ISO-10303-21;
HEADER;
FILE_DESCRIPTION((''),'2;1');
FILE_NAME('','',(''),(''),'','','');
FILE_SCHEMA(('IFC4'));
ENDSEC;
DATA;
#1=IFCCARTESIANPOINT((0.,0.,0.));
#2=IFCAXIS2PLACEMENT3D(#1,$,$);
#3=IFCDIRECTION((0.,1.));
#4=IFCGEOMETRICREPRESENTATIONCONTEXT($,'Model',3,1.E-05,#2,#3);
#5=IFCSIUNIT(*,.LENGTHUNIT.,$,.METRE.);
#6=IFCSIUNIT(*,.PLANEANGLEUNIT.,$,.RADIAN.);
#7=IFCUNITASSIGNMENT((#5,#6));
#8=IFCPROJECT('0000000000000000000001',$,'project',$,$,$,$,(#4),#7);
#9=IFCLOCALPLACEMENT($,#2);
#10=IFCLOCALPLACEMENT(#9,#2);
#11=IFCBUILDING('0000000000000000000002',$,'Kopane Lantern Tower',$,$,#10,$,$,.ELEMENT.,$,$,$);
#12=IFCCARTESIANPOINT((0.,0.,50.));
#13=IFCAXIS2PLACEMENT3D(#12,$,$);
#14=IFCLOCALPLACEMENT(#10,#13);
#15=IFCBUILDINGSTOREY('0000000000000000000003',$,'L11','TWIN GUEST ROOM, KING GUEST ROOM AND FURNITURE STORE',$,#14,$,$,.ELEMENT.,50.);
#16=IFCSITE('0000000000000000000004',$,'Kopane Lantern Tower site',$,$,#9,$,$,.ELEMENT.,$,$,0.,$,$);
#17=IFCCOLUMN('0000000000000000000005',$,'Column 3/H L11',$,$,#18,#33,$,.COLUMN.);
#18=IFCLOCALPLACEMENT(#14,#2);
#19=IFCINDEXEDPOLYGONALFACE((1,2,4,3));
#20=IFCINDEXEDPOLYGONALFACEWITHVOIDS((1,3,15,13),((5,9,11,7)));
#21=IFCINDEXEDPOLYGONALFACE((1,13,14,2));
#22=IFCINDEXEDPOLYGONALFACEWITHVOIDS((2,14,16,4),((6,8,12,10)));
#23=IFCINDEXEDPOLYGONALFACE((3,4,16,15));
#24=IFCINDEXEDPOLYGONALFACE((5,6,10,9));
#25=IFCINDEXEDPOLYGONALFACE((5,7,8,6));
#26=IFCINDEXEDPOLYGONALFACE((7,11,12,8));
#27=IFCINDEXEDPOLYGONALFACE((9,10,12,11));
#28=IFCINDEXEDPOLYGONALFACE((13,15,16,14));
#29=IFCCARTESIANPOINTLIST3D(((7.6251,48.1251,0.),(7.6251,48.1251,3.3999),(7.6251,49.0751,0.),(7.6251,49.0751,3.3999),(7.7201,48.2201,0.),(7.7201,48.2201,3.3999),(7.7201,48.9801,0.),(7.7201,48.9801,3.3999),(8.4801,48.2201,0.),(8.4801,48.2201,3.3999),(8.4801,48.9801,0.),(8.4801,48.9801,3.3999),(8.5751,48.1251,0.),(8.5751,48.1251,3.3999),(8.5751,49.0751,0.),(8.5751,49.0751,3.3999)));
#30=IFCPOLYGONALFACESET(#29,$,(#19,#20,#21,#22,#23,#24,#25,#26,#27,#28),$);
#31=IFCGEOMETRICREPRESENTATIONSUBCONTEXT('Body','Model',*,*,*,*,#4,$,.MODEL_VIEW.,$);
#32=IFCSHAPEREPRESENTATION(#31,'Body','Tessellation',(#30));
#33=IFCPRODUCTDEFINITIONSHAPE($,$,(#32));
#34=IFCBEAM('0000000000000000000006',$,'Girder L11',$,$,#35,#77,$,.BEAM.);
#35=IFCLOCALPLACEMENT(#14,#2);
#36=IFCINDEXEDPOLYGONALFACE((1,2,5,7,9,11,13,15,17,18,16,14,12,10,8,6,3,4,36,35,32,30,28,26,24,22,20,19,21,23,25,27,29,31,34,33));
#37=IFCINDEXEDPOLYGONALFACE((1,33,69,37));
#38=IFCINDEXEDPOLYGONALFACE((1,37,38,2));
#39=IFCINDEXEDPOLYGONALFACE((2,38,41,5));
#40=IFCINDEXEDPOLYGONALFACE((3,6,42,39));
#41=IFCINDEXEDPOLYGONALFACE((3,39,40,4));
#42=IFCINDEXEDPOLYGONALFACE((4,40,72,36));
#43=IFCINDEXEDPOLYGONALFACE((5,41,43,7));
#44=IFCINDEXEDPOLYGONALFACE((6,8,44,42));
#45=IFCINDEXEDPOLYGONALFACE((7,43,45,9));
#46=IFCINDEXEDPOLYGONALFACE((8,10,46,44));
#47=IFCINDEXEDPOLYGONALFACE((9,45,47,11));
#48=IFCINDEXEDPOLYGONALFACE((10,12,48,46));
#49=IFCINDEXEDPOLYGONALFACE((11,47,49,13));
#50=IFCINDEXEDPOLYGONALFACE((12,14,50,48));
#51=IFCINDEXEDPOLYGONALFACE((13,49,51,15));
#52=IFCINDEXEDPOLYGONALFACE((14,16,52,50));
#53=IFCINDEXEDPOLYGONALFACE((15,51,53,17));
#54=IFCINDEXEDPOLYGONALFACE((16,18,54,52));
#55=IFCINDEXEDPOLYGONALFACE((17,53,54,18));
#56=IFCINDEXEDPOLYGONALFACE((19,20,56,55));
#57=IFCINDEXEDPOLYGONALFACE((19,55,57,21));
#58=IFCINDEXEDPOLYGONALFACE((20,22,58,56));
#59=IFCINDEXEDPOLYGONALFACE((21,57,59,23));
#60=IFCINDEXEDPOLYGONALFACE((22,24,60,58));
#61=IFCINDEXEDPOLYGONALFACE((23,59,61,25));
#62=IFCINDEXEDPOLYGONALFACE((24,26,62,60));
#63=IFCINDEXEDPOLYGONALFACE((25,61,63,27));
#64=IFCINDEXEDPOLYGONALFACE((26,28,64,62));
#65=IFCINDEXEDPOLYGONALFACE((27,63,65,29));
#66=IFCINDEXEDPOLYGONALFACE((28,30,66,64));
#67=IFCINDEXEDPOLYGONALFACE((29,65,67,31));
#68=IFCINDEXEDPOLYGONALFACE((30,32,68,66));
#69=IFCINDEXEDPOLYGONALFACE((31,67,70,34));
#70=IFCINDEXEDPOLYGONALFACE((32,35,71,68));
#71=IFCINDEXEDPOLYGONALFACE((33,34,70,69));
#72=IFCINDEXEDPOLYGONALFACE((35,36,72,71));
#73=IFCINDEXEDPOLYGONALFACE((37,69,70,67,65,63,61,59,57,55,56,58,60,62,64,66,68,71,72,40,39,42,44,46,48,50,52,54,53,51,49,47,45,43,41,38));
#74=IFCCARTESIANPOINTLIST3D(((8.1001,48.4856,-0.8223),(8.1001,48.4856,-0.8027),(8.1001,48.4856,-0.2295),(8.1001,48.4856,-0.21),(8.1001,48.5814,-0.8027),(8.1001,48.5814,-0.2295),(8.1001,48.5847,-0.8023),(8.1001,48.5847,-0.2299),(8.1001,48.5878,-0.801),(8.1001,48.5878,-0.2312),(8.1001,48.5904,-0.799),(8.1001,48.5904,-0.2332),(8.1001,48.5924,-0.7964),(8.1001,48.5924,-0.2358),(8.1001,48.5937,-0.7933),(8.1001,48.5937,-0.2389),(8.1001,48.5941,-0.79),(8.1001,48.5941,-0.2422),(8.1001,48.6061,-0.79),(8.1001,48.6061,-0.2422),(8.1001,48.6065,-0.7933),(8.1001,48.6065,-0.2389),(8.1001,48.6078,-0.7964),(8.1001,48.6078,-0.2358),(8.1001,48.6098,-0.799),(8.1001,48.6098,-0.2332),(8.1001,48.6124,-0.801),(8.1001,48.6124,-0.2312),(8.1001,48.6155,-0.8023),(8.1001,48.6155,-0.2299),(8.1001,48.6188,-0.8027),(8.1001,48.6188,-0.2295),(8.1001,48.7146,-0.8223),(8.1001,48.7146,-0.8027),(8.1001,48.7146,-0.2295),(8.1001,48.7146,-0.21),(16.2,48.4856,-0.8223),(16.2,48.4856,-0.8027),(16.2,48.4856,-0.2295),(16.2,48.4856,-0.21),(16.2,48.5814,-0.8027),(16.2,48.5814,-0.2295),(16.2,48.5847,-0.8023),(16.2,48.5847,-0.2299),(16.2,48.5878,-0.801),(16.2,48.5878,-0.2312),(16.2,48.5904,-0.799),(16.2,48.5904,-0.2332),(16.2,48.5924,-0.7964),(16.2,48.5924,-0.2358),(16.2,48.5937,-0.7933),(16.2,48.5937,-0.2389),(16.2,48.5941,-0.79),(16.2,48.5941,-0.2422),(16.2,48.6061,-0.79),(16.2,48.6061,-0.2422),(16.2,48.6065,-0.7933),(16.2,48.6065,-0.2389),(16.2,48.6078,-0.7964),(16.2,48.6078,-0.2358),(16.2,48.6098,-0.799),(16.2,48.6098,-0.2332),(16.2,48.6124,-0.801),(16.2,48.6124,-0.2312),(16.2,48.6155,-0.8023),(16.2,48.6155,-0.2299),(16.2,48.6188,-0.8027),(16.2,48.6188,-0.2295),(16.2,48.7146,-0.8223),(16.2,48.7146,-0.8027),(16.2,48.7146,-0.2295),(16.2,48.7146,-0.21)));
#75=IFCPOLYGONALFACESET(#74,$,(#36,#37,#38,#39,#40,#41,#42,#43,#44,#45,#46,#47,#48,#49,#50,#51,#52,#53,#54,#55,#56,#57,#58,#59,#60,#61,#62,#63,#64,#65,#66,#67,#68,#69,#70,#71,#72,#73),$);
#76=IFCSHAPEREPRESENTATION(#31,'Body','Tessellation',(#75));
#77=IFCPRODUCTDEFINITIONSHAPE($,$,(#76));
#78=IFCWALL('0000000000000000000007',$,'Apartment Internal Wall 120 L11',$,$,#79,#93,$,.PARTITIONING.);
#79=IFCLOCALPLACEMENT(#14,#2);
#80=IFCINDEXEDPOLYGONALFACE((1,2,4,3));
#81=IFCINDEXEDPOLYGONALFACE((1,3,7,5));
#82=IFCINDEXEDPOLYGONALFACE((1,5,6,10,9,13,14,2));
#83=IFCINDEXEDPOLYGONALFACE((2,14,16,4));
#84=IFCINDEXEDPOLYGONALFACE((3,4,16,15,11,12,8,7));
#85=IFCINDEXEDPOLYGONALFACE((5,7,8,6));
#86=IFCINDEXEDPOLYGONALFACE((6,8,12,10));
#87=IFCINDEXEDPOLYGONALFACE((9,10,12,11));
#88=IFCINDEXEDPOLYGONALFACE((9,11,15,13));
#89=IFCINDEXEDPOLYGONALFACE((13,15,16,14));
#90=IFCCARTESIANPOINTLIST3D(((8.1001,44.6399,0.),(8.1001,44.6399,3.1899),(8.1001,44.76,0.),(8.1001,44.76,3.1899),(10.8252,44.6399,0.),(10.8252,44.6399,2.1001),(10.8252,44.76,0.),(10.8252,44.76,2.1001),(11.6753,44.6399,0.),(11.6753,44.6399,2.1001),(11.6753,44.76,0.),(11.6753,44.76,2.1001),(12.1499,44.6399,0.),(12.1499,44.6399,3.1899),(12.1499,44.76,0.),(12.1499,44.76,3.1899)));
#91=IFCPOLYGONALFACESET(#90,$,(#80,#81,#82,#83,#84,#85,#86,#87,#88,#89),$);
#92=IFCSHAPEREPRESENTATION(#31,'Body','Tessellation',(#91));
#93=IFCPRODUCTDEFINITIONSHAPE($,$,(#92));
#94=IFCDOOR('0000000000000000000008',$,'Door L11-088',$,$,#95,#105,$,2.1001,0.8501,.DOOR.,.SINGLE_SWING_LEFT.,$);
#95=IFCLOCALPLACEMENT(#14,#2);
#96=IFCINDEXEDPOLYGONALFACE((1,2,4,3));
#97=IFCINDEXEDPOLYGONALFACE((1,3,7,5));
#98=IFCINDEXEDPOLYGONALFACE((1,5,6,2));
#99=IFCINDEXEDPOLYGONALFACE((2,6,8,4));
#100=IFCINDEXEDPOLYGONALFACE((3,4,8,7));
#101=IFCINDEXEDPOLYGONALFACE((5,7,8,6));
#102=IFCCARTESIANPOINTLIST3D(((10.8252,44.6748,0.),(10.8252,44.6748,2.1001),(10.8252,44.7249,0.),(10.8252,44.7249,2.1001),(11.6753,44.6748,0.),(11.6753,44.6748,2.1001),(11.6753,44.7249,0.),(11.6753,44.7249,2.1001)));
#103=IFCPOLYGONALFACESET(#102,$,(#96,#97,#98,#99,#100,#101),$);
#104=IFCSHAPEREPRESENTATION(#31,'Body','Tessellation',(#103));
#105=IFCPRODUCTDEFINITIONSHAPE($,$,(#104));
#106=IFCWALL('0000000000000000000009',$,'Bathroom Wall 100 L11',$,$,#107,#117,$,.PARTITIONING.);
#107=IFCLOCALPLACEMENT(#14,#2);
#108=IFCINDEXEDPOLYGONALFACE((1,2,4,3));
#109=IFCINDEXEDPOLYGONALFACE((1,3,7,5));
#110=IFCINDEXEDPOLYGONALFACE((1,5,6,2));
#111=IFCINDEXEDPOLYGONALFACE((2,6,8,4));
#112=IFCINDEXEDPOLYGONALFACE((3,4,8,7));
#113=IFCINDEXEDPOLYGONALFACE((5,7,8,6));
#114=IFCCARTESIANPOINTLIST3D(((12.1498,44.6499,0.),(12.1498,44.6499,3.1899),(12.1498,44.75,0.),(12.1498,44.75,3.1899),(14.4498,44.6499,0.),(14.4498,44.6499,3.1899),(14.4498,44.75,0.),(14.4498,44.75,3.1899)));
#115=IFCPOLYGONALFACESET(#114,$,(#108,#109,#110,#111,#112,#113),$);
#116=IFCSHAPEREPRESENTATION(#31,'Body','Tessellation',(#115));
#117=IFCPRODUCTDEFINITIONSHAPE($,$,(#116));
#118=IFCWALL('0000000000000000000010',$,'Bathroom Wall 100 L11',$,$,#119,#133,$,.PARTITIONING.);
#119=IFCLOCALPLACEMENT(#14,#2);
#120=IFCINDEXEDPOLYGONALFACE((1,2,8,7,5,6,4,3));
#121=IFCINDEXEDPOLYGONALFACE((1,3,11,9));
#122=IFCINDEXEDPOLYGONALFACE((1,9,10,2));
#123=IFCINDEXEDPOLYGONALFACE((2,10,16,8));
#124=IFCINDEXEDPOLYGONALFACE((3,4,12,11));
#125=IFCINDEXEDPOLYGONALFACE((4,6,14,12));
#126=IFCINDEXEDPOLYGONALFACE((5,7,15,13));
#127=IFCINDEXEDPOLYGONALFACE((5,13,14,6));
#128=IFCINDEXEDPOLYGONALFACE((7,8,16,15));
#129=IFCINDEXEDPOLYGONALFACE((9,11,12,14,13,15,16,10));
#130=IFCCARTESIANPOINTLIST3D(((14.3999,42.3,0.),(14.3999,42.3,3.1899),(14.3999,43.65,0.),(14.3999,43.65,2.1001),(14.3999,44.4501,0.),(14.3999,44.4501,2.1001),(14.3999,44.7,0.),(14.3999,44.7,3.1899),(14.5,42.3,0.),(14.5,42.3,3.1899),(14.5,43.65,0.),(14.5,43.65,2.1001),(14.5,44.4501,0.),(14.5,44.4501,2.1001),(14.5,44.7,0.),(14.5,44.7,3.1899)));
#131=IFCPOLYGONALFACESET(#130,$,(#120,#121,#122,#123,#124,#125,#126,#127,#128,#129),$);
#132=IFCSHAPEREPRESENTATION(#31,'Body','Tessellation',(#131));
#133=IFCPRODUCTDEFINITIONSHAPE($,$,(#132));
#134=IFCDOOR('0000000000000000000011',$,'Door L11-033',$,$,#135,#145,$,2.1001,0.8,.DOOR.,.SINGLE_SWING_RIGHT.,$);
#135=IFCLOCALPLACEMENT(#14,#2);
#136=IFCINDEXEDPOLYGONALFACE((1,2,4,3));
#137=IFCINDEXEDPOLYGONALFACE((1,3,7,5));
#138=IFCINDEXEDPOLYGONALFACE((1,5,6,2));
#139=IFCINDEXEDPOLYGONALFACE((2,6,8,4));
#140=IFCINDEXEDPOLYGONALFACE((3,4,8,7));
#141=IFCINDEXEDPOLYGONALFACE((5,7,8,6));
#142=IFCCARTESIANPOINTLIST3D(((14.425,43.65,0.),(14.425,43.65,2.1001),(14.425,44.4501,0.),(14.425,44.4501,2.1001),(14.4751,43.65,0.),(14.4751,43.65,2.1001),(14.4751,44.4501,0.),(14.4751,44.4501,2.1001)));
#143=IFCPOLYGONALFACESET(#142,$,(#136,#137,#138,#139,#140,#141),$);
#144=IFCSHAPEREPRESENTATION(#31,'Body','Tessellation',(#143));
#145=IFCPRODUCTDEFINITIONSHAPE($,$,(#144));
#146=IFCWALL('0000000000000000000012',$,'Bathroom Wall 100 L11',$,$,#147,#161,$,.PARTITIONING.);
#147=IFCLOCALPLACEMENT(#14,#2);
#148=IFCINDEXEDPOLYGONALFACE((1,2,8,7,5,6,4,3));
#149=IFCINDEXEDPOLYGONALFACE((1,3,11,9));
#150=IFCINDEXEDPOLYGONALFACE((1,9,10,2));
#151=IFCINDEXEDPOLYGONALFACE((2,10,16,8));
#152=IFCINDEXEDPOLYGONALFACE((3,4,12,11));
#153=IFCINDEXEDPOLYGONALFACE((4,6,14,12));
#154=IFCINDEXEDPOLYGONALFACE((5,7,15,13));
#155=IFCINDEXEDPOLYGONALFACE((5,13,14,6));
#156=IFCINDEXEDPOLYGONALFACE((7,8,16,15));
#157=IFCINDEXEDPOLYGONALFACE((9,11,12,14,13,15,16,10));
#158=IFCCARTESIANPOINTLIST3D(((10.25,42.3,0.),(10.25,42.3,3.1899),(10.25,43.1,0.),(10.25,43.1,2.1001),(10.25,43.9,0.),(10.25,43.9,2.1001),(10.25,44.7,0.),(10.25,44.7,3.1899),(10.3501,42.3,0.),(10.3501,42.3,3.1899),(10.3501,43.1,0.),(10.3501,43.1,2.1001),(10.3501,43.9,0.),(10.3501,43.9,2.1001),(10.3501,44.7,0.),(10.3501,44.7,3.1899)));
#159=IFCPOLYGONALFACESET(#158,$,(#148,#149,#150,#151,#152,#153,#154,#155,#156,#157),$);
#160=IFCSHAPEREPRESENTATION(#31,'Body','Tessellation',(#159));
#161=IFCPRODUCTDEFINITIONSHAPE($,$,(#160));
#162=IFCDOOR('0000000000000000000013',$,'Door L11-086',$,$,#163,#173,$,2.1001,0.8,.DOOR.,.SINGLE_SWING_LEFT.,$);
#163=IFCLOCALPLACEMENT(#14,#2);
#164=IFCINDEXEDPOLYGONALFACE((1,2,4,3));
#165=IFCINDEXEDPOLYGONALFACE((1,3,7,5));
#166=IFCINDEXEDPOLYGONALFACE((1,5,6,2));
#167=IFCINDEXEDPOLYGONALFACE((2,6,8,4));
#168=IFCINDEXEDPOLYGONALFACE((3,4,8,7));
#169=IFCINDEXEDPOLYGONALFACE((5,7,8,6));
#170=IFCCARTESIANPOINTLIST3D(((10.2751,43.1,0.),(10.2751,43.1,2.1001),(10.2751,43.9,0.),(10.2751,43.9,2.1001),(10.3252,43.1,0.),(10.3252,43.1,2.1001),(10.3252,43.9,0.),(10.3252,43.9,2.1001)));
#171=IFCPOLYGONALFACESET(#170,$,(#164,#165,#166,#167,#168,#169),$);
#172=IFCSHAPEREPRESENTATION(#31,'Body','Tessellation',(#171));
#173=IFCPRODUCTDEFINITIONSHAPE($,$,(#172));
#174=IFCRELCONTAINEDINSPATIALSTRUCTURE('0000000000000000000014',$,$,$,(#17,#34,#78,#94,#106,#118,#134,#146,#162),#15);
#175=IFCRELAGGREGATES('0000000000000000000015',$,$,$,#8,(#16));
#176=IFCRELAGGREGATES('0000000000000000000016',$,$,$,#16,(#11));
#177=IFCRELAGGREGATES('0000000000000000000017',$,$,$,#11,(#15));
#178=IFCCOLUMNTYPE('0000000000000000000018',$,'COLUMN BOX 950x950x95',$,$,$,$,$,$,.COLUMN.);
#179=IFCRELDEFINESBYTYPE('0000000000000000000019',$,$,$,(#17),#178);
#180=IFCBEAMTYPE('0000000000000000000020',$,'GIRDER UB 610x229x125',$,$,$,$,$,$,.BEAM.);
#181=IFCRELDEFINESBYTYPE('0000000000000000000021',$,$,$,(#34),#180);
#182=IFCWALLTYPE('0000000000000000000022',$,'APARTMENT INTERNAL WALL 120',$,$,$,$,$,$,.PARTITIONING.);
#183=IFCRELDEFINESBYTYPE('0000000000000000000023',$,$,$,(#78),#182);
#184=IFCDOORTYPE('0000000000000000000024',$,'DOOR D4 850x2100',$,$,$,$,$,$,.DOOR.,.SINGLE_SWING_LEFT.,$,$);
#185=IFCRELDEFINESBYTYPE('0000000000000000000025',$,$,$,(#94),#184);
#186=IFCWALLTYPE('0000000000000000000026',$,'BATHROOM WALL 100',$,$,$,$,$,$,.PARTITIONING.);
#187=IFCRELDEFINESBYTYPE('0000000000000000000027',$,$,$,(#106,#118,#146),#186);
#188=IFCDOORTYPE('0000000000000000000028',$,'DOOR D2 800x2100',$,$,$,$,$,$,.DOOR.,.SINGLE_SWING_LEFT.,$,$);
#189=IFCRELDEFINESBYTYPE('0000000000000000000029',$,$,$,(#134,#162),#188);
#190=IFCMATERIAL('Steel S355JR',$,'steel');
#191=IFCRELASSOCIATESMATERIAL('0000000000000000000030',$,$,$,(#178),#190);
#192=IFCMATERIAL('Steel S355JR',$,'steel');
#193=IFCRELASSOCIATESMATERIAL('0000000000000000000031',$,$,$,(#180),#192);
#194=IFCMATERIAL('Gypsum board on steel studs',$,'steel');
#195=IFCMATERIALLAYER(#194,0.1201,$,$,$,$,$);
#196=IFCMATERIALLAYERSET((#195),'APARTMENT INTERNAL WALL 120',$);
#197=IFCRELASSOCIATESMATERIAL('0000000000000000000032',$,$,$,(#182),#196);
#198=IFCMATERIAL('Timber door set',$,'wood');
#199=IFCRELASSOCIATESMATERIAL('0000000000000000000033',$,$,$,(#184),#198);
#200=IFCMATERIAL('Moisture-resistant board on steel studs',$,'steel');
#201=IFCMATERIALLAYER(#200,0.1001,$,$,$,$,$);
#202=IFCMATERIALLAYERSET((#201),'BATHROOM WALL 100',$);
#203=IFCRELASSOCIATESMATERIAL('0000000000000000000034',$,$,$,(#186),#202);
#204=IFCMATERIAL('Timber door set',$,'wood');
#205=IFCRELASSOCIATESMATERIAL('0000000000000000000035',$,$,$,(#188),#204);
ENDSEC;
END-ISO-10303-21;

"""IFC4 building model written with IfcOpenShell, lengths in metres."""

from ifc_helpers import new_model, si_unit, direction, frame, frame_2d, origin, origin_2d, place, context, subcontext, project, spatial, rectangle, hollow_rectangle, i_section, extrude, material, layer, layer_set, material_profile, profile_set, type_object, element, fill, save


model = new_model("IFC4")

# Units and contexts
model_context = context("Model", 3, precision=1e-05, world=origin(), true_north=direction((0.0, 1.0)))
body_context = subcontext(model_context, "Body", "Model", "MODEL_VIEW")
ifc_project = project(units=[si_unit("LENGTHUNIT", "METRE"), si_unit("PLANEANGLEUNIT", "RADIAN")], contexts=[model_context])

# Site, building, storey
site_placement = place(None, origin())
site = spatial("IfcSite", under=ifc_project, at=site_placement, Name="Kopane Lantern Tower site", CompositionType="ELEMENT", RefElevation=0.0)
building_placement = place(site_placement, origin())
building = spatial("IfcBuilding", under=site, at=building_placement, Name="Kopane Lantern Tower", CompositionType="ELEMENT")
storey_placement = place(building_placement, frame((0.0, 0.0, 50.0)))
storey = spatial("IfcBuildingStorey", under=building, at=storey_placement, Name="L11", Description="TWIN GUEST ROOM, KING GUEST ROOM AND FURNITURE STORE", CompositionType="ELEMENT", Elevation=50.0)

# Column
ifc_material_1 = material(Name="Steel S355JR", Category="steel")
ifc_material_profile_1 = material_profile(ifc_material_1, hollow_rectangle(XDim=0.95, YDim=0.95, WallThickness=0.095, at=origin_2d()), Name="BOX 950x950x95")
ifc_profile_set_1 = profile_set([ifc_material_profile_1], Name="Steel S355JR")
column_type = type_object("IfcColumnType", Name="COLUMN BOX 950x950x95", PredefinedType="COLUMN", material=ifc_profile_set_1)
column_placement = place(storey_placement, frame((8.1001, 48.6001, 0.0), z_axis=(0.0, 0.0, 1.0), x_axis=(1.0, 0.0, 0.0)))
element("IfcColumn", 1, at=column_placement, inside=storey, type_object=column_type, Name="Column 3/H L11", PredefinedType="COLUMN", context=body_context, shape_type="SweptSolid", body=[
    extrude(hollow_rectangle(XDim=0.95, YDim=0.95, WallThickness=0.095, at=origin_2d()), origin(), (0.0, 0.0, 1.0), 3.3999),
])

# Beam
ifc_material_2 = material(Name="Steel S355JR", Category="steel")
ifc_material_profile_2 = material_profile(ifc_material_2, i_section(OverallWidth=0.229, OverallDepth=0.6123, WebThickness=0.012, FlangeThickness=0.0195, FilletRadius=0.0127, at=origin_2d()), Name="UB 610x229x125")
ifc_profile_set_2 = profile_set([ifc_material_profile_2], Name="Steel S355JR")
beam_type = type_object("IfcBeamType", Name="GIRDER UB 610x229x125", PredefinedType="BEAM", material=ifc_profile_set_2)
beam_placement = place(storey_placement, frame((8.1001, 48.6001, -0.5161), z_axis=(1.0, 0.0, 0.0), x_axis=(0.0, 1.0, 0.0)))
element("IfcBeam", 2, at=beam_placement, inside=storey, type_object=beam_type, Name="Girder L11", PredefinedType="BEAM", context=body_context, shape_type="SweptSolid", body=[
    extrude(i_section(OverallWidth=0.229, OverallDepth=0.6123, WebThickness=0.012, FlangeThickness=0.0195, FilletRadius=0.0127, at=origin_2d()), origin(), (0.0, 0.0, 1.0), 8.0999),
])

# Wall, opening, door
ifc_material_3 = material(Name="Gypsum board on steel studs", Category="steel")
ifc_layer_1 = layer(ifc_material_3, 0.1201)
ifc_layer_set_1 = layer_set([ifc_layer_1], Name="APARTMENT INTERNAL WALL 120")
wall_type_1 = type_object("IfcWallType", Name="APARTMENT INTERNAL WALL 120", PredefinedType="PARTITIONING", material=ifc_layer_set_1)
wall_1_placement = place(storey_placement, frame((8.1001, 44.7, 0.0), z_axis=(0.0, 0.0, 1.0), x_axis=(1.0, 0.0, 0.0)))
wall_1 = element("IfcWall", 3, at=wall_1_placement, inside=storey, type_object=wall_type_1, Name="Apartment Internal Wall 120 L11", PredefinedType="PARTITIONING", context=body_context, shape_type="SweptSolid", body=[
    extrude(rectangle(XDim=4.0498, YDim=0.1201, at=frame_2d((2.0249, 0.0))), origin(), (0.0, 0.0, 1.0), 3.1899),
])
opening_1_placement = place(wall_1_placement, frame((2.7251, 0.0, 0.0)))
opening_1 = element("IfcOpeningElement", 4, at=opening_1_placement, cuts=wall_1, PredefinedType="OPENING", context=body_context, shape_type="SweptSolid", body=[
    extrude(rectangle(XDim=0.8501, YDim=2.1001, at=frame_2d((0.425, 1.05))), frame((0.0, 0.0701, 0.0), z_axis=(0.0, -1.0, 0.0), x_axis=(1.0, 0.0, 0.0)), (0.0, 0.0, 1.0), 0.1401),
])
ifc_material_4 = material(Name="Timber door set", Category="wood")
door_type_1 = type_object("IfcDoorType", Name="DOOR D4 850x2100", OperationType="SINGLE_SWING_LEFT", PredefinedType="DOOR", material=ifc_material_4)
door_1_placement = place(opening_1_placement, origin())
door_1 = element("IfcDoor", 5, at=door_1_placement, inside=storey, type_object=door_type_1, Name="Door L11-088", OperationType="SINGLE_SWING_LEFT", OverallHeight=2.1001, OverallWidth=0.8501, PredefinedType="DOOR", context=body_context, shape_type="SweptSolid", body=[
    extrude(rectangle(XDim=0.8501, YDim=2.1001, at=frame_2d((0.425, 1.05))), frame((0.0, 0.0249, 0.0), z_axis=(0.0, -1.0, 0.0), x_axis=(1.0, 0.0, 0.0)), (0.0, 0.0, 1.0), 0.05),
])
fill(opening_1, door_1)

# Wall
ifc_material_5 = material(Name="Moisture-resistant board on steel studs", Category="steel")
ifc_layer_2 = layer(ifc_material_5, 0.1001)
ifc_layer_set_2 = layer_set([ifc_layer_2], Name="BATHROOM WALL 100")
wall_type_2 = type_object("IfcWallType", Name="BATHROOM WALL 100", PredefinedType="PARTITIONING", material=ifc_layer_set_2)
wall_2_placement = place(storey_placement, frame((12.1499, 44.7, 0.0), z_axis=(0.0, 0.0, 1.0), x_axis=(1.0, 0.0, 0.0)))
element("IfcWall", 6, at=wall_2_placement, inside=storey, type_object=wall_type_2, Name="Bathroom Wall 100 L11", PredefinedType="PARTITIONING", context=body_context, shape_type="SweptSolid", body=[
    extrude(rectangle(XDim=2.3, YDim=0.1001, at=frame_2d((1.1499, 0.0))), origin(), (0.0, 0.0, 1.0), 3.1899),
])

# Walls, openings, doors
wall_3_placement = place(storey_placement, frame((14.45, 42.3, 0.0), z_axis=(0.0, 0.0, 1.0), x_axis=(0.0, 1.0, 0.0)))
wall_3 = element("IfcWall", 7, at=wall_3_placement, inside=storey, type_object=wall_type_2, Name="Bathroom Wall 100 L11", PredefinedType="PARTITIONING", context=body_context, shape_type="SweptSolid", body=[
    extrude(rectangle(XDim=2.3999, YDim=0.1001, at=frame_2d((1.2, 0.0))), origin(), (0.0, 0.0, 1.0), 3.1899),
])
opening_2_placement = place(wall_3_placement, frame((1.3501, 0.0, 0.0)))
opening_2 = element("IfcOpeningElement", 8, at=opening_2_placement, cuts=wall_3, PredefinedType="OPENING", context=body_context, shape_type="SweptSolid", body=[
    extrude(rectangle(XDim=0.8, YDim=2.1001, at=frame_2d((0.3999, 1.05))), frame((0.0, 0.0601, 0.0), z_axis=(0.0, -1.0, 0.0), x_axis=(1.0, 0.0, 0.0)), (0.0, 0.0, 1.0), 0.1201),
])
ifc_material_6 = material(Name="Timber door set", Category="wood")
door_type_2 = type_object("IfcDoorType", Name="DOOR D2 800x2100", OperationType="SINGLE_SWING_LEFT", PredefinedType="DOOR", material=ifc_material_6)
door_2_placement = place(opening_2_placement, origin())
door_2 = element("IfcDoor", 9, at=door_2_placement, inside=storey, type_object=door_type_2, Name="Door L11-033", OperationType="SINGLE_SWING_RIGHT", OverallHeight=2.1001, OverallWidth=0.8, PredefinedType="DOOR", context=body_context, shape_type="SweptSolid", body=[
    extrude(rectangle(XDim=0.8, YDim=2.1001, at=frame_2d((0.3999, 1.05))), frame((0.0, 0.0249, 0.0), z_axis=(0.0, -1.0, 0.0), x_axis=(1.0, 0.0, 0.0)), (0.0, 0.0, 1.0), 0.05),
])
fill(opening_2, door_2)
wall_4_placement = place(storey_placement, frame((10.3, 42.3, 0.0), z_axis=(0.0, 0.0, 1.0), x_axis=(0.0, 1.0, 0.0)))
wall_4 = element("IfcWall", 10, at=wall_4_placement, inside=storey, type_object=wall_type_2, Name="Bathroom Wall 100 L11", PredefinedType="PARTITIONING", context=body_context, shape_type="SweptSolid", body=[
    extrude(rectangle(XDim=2.3999, YDim=0.1001, at=frame_2d((1.2, 0.0))), origin(), (0.0, 0.0, 1.0), 3.1899),
])
opening_3_placement = place(wall_4_placement, frame((0.8, 0.0, 0.0)))
opening_3 = element("IfcOpeningElement", 11, at=opening_3_placement, cuts=wall_4, PredefinedType="OPENING", context=body_context, shape_type="SweptSolid", body=[
    extrude(rectangle(XDim=0.8, YDim=2.1001, at=frame_2d((0.3999, 1.05))), frame((0.0, 0.0601, 0.0), z_axis=(0.0, -1.0, 0.0), x_axis=(1.0, 0.0, 0.0)), (0.0, 0.0, 1.0), 0.1201),
])
door_3_placement = place(opening_3_placement, origin())
door_3 = element("IfcDoor", 12, at=door_3_placement, inside=storey, type_object=door_type_2, Name="Door L11-086", OperationType="SINGLE_SWING_LEFT", OverallHeight=2.1001, OverallWidth=0.8, PredefinedType="DOOR", context=body_context, shape_type="SweptSolid", body=[
    extrude(rectangle(XDim=0.8, YDim=2.1001, at=frame_2d((0.3999, 1.05))), frame((0.0, 0.0249, 0.0), z_axis=(0.0, -1.0, 0.0), x_axis=(1.0, 0.0, 0.0)), (0.0, 0.0, 1.0), 0.05),
])
fill(opening_3, door_3)

save(model, "model.ifc")
